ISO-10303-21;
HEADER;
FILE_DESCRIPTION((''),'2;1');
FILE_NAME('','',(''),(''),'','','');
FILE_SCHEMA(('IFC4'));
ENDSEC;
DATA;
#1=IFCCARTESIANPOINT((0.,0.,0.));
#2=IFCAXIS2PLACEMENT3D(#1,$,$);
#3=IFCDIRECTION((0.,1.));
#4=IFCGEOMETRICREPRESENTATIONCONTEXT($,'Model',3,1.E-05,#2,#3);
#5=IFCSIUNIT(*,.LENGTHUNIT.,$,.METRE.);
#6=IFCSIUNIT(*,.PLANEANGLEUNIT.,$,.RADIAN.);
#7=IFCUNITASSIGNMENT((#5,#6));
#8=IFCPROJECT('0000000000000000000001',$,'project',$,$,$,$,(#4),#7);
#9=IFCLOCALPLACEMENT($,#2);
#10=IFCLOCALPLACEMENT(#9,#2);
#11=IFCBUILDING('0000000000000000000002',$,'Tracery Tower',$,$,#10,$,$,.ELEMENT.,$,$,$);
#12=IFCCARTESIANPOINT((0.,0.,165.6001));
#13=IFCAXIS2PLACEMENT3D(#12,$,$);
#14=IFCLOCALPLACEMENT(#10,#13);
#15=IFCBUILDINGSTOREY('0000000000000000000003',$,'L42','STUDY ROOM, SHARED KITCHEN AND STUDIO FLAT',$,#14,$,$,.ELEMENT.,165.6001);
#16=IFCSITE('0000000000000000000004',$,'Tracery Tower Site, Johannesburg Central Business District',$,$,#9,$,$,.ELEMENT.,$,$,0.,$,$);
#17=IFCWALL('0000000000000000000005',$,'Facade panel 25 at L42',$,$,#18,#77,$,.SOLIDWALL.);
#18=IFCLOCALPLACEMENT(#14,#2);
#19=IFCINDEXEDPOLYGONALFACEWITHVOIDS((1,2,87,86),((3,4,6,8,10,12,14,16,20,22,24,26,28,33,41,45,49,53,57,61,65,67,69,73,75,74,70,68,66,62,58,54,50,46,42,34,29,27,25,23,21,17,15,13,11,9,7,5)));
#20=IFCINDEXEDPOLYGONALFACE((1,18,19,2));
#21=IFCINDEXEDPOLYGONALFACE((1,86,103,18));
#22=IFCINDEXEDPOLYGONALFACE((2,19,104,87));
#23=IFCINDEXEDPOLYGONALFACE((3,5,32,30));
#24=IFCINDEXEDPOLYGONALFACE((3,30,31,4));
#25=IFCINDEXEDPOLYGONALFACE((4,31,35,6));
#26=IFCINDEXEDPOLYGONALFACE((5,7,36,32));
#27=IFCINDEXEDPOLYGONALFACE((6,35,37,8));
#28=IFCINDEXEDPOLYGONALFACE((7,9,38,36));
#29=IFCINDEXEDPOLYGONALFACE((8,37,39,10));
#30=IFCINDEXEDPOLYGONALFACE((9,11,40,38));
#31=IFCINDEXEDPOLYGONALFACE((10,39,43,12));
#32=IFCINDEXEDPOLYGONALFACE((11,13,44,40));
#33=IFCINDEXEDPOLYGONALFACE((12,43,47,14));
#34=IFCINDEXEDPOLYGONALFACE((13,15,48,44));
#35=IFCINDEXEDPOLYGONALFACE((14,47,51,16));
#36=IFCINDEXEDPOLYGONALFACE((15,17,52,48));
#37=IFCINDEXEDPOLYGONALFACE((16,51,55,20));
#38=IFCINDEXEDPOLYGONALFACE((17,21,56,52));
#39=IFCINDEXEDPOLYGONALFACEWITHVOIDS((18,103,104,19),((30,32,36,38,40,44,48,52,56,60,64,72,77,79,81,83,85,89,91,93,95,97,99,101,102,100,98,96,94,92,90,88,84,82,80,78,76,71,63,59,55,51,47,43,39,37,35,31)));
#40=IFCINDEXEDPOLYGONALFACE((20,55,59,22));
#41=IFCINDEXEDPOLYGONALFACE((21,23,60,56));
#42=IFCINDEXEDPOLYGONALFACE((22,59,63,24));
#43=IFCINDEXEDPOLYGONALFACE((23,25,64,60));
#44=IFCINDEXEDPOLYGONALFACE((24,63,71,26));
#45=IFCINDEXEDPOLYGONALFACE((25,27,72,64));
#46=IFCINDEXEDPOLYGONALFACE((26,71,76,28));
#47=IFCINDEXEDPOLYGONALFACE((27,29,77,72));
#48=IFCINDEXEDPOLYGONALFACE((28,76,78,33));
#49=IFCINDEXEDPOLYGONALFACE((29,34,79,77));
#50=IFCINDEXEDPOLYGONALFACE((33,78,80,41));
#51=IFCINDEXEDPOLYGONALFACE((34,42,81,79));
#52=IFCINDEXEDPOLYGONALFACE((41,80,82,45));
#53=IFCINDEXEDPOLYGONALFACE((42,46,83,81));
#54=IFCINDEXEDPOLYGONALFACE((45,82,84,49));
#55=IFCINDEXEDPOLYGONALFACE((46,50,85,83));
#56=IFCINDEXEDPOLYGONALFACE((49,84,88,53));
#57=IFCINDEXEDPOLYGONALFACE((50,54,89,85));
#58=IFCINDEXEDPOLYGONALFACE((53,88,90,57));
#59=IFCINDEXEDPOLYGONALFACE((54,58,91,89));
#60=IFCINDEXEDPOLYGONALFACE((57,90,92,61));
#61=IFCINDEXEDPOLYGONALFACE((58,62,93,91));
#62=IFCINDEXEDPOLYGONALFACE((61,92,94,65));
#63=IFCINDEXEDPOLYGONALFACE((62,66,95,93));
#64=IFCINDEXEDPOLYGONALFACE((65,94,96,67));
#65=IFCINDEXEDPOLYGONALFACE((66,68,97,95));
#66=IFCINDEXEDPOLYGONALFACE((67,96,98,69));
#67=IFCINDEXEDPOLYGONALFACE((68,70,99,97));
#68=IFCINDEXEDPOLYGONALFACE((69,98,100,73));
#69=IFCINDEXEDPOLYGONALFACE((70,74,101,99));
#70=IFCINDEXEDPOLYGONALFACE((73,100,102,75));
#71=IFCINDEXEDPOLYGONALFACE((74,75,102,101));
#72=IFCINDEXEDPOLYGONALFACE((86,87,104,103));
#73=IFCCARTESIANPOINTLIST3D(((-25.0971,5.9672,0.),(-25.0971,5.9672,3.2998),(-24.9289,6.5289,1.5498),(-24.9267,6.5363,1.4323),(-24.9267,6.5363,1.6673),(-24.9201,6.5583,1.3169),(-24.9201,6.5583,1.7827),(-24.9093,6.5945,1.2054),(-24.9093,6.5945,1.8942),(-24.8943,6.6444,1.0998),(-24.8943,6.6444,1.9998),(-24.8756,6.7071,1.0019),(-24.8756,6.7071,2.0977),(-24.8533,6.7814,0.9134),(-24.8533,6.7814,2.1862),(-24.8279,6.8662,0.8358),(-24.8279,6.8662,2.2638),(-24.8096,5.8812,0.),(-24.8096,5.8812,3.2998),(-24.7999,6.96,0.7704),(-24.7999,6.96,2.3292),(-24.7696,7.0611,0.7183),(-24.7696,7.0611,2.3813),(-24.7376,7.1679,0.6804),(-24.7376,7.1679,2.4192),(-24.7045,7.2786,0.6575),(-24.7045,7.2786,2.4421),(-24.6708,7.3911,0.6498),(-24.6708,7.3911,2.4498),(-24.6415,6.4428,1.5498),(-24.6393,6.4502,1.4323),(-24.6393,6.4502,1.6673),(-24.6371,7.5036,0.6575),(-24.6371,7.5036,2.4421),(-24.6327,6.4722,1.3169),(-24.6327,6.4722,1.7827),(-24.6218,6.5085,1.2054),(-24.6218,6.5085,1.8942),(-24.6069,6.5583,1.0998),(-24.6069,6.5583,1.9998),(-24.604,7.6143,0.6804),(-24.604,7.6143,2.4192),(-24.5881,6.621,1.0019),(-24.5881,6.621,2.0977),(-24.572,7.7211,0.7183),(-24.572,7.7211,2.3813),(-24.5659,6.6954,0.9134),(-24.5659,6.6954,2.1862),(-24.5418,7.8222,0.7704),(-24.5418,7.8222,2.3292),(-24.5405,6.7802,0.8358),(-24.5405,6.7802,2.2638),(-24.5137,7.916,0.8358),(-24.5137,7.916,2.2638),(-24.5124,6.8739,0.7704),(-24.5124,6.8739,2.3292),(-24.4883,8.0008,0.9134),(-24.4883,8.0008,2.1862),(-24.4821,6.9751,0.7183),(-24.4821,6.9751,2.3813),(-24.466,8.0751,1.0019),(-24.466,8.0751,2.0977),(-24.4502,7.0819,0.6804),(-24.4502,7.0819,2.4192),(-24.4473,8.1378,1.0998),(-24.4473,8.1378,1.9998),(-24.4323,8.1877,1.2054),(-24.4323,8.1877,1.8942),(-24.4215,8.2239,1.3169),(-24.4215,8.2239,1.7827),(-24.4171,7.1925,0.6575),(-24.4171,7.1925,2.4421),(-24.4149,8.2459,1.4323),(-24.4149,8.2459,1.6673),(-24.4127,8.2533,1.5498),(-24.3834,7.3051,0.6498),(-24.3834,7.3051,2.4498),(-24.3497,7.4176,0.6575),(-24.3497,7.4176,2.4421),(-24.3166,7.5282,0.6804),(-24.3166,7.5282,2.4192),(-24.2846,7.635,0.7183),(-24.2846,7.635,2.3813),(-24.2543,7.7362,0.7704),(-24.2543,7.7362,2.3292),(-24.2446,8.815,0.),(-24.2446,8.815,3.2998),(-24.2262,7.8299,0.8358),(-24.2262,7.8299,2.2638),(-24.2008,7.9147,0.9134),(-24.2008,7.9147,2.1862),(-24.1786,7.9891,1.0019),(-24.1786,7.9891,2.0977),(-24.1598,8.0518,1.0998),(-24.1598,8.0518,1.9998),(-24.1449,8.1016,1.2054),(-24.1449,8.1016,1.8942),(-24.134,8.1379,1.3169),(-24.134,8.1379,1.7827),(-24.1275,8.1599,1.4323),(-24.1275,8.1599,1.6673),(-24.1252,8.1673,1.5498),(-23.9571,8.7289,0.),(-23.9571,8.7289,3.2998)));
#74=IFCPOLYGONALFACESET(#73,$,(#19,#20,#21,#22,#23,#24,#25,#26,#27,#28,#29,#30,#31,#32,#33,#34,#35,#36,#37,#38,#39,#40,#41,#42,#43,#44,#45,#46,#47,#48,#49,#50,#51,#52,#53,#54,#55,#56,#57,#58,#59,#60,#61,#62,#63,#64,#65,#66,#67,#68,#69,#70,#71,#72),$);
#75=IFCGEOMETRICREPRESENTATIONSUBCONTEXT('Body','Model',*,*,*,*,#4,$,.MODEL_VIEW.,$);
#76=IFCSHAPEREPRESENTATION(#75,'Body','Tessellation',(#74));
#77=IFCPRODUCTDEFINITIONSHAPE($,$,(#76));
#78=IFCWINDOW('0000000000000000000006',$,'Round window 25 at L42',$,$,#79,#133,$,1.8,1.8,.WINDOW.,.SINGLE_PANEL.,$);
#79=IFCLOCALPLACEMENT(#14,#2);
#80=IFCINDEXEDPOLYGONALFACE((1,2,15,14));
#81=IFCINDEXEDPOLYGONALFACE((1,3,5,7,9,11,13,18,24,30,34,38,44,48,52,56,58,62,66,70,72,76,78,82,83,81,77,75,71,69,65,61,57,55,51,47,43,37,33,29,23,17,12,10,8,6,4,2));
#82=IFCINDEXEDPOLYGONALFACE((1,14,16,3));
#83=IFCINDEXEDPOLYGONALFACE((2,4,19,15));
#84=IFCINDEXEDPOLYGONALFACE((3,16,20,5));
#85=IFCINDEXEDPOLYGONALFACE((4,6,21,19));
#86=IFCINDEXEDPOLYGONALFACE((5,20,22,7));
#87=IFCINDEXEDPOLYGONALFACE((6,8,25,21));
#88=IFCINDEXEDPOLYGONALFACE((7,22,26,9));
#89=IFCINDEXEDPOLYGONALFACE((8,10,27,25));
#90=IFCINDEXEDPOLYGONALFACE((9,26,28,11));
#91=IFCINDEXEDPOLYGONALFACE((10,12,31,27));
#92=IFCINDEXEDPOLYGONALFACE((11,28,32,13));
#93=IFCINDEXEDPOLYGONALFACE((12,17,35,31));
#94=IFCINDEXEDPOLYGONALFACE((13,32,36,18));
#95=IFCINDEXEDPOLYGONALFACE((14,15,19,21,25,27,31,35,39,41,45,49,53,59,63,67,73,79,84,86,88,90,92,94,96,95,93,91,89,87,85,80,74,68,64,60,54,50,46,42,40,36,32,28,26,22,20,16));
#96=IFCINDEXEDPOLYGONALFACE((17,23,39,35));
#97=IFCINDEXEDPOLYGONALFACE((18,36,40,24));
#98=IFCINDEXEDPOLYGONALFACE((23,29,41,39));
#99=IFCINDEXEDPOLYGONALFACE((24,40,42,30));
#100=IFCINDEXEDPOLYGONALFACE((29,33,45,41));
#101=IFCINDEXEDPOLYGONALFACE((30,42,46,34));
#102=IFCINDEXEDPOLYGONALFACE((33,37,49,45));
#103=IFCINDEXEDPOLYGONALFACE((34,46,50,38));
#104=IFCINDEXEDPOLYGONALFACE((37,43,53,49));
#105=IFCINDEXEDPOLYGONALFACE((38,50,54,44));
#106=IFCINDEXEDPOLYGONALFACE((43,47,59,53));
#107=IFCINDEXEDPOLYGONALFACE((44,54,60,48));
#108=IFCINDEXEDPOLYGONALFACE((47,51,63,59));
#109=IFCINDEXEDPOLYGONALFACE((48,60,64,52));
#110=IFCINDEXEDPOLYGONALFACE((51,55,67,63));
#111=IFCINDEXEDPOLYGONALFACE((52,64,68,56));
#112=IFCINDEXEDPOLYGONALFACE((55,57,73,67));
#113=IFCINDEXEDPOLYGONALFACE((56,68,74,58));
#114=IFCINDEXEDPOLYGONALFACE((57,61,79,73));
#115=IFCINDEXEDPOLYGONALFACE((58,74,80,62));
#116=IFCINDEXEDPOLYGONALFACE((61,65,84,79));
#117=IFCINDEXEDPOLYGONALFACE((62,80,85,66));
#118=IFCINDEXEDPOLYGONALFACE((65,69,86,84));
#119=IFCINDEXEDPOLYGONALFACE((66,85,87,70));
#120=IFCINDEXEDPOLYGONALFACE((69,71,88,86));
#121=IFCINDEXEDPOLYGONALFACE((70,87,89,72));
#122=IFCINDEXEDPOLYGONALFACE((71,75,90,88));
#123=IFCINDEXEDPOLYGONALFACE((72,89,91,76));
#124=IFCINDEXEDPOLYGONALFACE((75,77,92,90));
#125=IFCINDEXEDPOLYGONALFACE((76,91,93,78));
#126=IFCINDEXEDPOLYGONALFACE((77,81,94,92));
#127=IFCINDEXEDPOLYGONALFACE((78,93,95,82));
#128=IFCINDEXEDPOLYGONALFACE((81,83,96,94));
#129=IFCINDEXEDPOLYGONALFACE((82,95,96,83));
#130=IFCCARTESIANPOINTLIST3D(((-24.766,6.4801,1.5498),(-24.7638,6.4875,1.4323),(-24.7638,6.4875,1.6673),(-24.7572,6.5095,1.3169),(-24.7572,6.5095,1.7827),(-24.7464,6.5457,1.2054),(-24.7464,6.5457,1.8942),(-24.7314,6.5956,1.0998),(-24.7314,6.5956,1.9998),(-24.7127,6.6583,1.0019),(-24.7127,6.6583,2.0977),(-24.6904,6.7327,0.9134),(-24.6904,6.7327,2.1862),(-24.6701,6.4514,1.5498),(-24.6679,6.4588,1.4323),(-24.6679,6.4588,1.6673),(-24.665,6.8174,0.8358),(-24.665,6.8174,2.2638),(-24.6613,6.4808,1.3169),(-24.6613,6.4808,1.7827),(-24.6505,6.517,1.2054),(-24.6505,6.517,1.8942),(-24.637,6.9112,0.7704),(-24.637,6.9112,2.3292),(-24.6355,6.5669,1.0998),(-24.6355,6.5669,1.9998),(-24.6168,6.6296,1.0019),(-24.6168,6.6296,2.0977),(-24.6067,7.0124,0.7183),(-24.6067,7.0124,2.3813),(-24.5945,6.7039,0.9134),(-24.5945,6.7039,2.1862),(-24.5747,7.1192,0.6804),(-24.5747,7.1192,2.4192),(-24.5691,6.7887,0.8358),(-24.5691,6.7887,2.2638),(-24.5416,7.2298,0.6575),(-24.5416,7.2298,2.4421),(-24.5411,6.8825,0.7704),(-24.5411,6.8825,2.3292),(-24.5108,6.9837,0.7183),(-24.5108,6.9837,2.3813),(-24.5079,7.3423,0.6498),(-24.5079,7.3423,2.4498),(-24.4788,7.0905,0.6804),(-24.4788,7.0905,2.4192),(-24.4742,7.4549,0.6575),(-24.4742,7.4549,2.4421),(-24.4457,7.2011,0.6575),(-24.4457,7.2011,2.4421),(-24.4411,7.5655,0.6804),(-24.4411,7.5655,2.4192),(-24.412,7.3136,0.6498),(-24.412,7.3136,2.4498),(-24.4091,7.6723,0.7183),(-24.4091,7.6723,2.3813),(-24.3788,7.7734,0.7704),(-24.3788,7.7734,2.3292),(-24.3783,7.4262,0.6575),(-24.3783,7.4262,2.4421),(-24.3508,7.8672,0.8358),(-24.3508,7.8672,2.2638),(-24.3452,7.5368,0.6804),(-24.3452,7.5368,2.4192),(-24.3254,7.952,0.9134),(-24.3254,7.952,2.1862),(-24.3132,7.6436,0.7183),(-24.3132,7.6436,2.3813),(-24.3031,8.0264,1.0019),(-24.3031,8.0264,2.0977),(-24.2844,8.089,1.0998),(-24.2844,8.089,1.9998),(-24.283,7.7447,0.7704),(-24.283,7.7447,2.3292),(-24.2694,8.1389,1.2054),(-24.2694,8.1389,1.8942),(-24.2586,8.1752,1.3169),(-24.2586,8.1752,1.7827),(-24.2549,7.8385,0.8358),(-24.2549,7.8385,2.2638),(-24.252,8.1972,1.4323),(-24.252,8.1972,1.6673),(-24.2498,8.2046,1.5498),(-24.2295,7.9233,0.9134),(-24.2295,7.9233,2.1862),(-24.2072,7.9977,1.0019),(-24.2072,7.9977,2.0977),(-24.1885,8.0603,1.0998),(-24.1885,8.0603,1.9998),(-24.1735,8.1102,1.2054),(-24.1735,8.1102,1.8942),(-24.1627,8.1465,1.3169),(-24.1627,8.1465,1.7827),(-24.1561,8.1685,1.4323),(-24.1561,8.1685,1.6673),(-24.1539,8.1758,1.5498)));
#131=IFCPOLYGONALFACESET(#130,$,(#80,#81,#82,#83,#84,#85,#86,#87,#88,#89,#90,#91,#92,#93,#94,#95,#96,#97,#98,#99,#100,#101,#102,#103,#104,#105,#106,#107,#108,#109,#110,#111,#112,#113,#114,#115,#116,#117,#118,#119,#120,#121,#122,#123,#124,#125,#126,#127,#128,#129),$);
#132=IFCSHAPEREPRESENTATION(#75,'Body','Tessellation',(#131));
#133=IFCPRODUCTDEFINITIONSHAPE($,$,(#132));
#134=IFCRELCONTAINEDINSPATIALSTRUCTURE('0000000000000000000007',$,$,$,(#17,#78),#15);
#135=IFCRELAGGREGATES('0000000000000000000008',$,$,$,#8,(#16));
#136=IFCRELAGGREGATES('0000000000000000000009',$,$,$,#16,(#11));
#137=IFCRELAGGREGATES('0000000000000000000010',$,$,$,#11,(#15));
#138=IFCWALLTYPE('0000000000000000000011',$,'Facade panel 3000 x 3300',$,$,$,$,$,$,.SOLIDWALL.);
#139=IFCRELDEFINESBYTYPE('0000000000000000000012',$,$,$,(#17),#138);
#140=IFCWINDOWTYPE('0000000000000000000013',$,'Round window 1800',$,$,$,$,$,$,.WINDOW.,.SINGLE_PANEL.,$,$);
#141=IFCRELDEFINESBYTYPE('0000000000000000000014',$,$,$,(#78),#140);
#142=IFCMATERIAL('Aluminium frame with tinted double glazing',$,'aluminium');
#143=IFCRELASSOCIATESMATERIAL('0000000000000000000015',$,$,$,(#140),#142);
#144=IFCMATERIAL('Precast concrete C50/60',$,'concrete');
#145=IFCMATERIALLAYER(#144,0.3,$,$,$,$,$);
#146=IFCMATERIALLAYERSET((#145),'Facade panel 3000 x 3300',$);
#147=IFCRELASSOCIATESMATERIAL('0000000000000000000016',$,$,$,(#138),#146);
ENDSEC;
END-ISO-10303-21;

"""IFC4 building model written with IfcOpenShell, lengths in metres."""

from ifc_helpers import new_model, si_unit, direction, frame, frame_2d, origin, origin_2d, place, context, subcontext, project, spatial, rectangle, circle, extrude, material, layer, layer_set, type_object, element, fill, save


model = new_model("IFC4")

# Units and contexts
model_context = context("Model", 3, precision=1e-05, world=origin(), true_north=direction((0.0, 1.0)))
body_context = subcontext(model_context, "Body", "Model", "MODEL_VIEW")
ifc_project = project(units=[si_unit("LENGTHUNIT", "METRE"), si_unit("PLANEANGLEUNIT", "RADIAN")], contexts=[model_context])

# Site, building, storey
site_placement = place(None, origin())
site = spatial("IfcSite", under=ifc_project, at=site_placement, Name="Tracery Tower Site, Johannesburg Central Business District", CompositionType="ELEMENT", RefElevation=0.0)
building_placement = place(site_placement, origin())
building = spatial("IfcBuilding", under=site, at=building_placement, Name="Tracery Tower", CompositionType="ELEMENT")
storey_placement = place(building_placement, frame((0.0, 0.0, 165.6001)))
storey = spatial("IfcBuildingStorey", under=building, at=storey_placement, Name="L42", Description="STUDY ROOM, SHARED KITCHEN AND STUDIO FLAT", CompositionType="ELEMENT", Elevation=165.6001)

# Wall, opening, window
ifc_material_1 = material(Name="Aluminium frame with tinted double glazing", Category="aluminium")
window_type = type_object("IfcWindowType", Name="Round window 1800", PartitioningType="SINGLE_PANEL", PredefinedType="WINDOW", material=ifc_material_1)
ifc_material_2 = material(Name="Precast concrete C50/60", Category="concrete")
ifc_layer_1 = layer(ifc_material_2, 0.3)
ifc_layer_set_1 = layer_set([ifc_layer_1], Name="Facade panel 3000 x 3300")
wall_type_1 = type_object("IfcWallType", Name="Facade panel 3000 x 3300", PredefinedType="SOLIDWALL", material=ifc_layer_set_1)
wall_1_placement = place(storey_placement, frame((-24.1008, 8.772, 0.0), z_axis=(0.0, 0.0, 1.0), x_axis=(-0.286783, -0.957996, 0.0)))
wall_1 = element("IfcWall", 1, at=wall_1_placement, inside=storey, type_object=wall_type_1, Name="Facade panel 25 at L42", PredefinedType="SOLIDWALL", context=body_context, shape_type="SweptSolid", body=[
    extrude(rectangle(XDim=2.9727, YDim=0.3, at=frame_2d((1.4863, 0.0))), origin(), (0.0, 0.0, 1.0), 3.2998),
])
opening_1_placement = place(wall_1_placement, frame((1.4863, 0.0, 1.5498)))
opening_1 = element("IfcOpeningElement", 2, at=opening_1_placement, cuts=wall_1, PredefinedType="OPENING", context=body_context, shape_type="SweptSolid", body=[
    extrude(circle(Radius=0.9, at=origin_2d()), frame((0.0, 0.1599, 0.0), z_axis=(0.0, -1.0, 0.0), x_axis=(1.0, 0.0, 0.0)), (0.0, 0.0, 1.0), 0.3201),
])
window_1_placement = place(opening_1_placement, origin())
window_1 = element("IfcWindow", 3, at=window_1_placement, inside=storey, type_object=window_type, Name="Round window 25 at L42", OverallHeight=1.8, OverallWidth=1.8, PartitioningType="SINGLE_PANEL", PredefinedType="WINDOW", context=body_context, shape_type="SweptSolid", body=[
    extrude(circle(Radius=0.9, at=origin_2d()), frame((0.0, 0.1201, 0.0), z_axis=(0.0, -1.0, 0.0), x_axis=(1.0, 0.0, 0.0)), (0.0, 0.0, 1.0), 0.1001),
])
fill(opening_1, window_1)

save(model, "model.ifc")
